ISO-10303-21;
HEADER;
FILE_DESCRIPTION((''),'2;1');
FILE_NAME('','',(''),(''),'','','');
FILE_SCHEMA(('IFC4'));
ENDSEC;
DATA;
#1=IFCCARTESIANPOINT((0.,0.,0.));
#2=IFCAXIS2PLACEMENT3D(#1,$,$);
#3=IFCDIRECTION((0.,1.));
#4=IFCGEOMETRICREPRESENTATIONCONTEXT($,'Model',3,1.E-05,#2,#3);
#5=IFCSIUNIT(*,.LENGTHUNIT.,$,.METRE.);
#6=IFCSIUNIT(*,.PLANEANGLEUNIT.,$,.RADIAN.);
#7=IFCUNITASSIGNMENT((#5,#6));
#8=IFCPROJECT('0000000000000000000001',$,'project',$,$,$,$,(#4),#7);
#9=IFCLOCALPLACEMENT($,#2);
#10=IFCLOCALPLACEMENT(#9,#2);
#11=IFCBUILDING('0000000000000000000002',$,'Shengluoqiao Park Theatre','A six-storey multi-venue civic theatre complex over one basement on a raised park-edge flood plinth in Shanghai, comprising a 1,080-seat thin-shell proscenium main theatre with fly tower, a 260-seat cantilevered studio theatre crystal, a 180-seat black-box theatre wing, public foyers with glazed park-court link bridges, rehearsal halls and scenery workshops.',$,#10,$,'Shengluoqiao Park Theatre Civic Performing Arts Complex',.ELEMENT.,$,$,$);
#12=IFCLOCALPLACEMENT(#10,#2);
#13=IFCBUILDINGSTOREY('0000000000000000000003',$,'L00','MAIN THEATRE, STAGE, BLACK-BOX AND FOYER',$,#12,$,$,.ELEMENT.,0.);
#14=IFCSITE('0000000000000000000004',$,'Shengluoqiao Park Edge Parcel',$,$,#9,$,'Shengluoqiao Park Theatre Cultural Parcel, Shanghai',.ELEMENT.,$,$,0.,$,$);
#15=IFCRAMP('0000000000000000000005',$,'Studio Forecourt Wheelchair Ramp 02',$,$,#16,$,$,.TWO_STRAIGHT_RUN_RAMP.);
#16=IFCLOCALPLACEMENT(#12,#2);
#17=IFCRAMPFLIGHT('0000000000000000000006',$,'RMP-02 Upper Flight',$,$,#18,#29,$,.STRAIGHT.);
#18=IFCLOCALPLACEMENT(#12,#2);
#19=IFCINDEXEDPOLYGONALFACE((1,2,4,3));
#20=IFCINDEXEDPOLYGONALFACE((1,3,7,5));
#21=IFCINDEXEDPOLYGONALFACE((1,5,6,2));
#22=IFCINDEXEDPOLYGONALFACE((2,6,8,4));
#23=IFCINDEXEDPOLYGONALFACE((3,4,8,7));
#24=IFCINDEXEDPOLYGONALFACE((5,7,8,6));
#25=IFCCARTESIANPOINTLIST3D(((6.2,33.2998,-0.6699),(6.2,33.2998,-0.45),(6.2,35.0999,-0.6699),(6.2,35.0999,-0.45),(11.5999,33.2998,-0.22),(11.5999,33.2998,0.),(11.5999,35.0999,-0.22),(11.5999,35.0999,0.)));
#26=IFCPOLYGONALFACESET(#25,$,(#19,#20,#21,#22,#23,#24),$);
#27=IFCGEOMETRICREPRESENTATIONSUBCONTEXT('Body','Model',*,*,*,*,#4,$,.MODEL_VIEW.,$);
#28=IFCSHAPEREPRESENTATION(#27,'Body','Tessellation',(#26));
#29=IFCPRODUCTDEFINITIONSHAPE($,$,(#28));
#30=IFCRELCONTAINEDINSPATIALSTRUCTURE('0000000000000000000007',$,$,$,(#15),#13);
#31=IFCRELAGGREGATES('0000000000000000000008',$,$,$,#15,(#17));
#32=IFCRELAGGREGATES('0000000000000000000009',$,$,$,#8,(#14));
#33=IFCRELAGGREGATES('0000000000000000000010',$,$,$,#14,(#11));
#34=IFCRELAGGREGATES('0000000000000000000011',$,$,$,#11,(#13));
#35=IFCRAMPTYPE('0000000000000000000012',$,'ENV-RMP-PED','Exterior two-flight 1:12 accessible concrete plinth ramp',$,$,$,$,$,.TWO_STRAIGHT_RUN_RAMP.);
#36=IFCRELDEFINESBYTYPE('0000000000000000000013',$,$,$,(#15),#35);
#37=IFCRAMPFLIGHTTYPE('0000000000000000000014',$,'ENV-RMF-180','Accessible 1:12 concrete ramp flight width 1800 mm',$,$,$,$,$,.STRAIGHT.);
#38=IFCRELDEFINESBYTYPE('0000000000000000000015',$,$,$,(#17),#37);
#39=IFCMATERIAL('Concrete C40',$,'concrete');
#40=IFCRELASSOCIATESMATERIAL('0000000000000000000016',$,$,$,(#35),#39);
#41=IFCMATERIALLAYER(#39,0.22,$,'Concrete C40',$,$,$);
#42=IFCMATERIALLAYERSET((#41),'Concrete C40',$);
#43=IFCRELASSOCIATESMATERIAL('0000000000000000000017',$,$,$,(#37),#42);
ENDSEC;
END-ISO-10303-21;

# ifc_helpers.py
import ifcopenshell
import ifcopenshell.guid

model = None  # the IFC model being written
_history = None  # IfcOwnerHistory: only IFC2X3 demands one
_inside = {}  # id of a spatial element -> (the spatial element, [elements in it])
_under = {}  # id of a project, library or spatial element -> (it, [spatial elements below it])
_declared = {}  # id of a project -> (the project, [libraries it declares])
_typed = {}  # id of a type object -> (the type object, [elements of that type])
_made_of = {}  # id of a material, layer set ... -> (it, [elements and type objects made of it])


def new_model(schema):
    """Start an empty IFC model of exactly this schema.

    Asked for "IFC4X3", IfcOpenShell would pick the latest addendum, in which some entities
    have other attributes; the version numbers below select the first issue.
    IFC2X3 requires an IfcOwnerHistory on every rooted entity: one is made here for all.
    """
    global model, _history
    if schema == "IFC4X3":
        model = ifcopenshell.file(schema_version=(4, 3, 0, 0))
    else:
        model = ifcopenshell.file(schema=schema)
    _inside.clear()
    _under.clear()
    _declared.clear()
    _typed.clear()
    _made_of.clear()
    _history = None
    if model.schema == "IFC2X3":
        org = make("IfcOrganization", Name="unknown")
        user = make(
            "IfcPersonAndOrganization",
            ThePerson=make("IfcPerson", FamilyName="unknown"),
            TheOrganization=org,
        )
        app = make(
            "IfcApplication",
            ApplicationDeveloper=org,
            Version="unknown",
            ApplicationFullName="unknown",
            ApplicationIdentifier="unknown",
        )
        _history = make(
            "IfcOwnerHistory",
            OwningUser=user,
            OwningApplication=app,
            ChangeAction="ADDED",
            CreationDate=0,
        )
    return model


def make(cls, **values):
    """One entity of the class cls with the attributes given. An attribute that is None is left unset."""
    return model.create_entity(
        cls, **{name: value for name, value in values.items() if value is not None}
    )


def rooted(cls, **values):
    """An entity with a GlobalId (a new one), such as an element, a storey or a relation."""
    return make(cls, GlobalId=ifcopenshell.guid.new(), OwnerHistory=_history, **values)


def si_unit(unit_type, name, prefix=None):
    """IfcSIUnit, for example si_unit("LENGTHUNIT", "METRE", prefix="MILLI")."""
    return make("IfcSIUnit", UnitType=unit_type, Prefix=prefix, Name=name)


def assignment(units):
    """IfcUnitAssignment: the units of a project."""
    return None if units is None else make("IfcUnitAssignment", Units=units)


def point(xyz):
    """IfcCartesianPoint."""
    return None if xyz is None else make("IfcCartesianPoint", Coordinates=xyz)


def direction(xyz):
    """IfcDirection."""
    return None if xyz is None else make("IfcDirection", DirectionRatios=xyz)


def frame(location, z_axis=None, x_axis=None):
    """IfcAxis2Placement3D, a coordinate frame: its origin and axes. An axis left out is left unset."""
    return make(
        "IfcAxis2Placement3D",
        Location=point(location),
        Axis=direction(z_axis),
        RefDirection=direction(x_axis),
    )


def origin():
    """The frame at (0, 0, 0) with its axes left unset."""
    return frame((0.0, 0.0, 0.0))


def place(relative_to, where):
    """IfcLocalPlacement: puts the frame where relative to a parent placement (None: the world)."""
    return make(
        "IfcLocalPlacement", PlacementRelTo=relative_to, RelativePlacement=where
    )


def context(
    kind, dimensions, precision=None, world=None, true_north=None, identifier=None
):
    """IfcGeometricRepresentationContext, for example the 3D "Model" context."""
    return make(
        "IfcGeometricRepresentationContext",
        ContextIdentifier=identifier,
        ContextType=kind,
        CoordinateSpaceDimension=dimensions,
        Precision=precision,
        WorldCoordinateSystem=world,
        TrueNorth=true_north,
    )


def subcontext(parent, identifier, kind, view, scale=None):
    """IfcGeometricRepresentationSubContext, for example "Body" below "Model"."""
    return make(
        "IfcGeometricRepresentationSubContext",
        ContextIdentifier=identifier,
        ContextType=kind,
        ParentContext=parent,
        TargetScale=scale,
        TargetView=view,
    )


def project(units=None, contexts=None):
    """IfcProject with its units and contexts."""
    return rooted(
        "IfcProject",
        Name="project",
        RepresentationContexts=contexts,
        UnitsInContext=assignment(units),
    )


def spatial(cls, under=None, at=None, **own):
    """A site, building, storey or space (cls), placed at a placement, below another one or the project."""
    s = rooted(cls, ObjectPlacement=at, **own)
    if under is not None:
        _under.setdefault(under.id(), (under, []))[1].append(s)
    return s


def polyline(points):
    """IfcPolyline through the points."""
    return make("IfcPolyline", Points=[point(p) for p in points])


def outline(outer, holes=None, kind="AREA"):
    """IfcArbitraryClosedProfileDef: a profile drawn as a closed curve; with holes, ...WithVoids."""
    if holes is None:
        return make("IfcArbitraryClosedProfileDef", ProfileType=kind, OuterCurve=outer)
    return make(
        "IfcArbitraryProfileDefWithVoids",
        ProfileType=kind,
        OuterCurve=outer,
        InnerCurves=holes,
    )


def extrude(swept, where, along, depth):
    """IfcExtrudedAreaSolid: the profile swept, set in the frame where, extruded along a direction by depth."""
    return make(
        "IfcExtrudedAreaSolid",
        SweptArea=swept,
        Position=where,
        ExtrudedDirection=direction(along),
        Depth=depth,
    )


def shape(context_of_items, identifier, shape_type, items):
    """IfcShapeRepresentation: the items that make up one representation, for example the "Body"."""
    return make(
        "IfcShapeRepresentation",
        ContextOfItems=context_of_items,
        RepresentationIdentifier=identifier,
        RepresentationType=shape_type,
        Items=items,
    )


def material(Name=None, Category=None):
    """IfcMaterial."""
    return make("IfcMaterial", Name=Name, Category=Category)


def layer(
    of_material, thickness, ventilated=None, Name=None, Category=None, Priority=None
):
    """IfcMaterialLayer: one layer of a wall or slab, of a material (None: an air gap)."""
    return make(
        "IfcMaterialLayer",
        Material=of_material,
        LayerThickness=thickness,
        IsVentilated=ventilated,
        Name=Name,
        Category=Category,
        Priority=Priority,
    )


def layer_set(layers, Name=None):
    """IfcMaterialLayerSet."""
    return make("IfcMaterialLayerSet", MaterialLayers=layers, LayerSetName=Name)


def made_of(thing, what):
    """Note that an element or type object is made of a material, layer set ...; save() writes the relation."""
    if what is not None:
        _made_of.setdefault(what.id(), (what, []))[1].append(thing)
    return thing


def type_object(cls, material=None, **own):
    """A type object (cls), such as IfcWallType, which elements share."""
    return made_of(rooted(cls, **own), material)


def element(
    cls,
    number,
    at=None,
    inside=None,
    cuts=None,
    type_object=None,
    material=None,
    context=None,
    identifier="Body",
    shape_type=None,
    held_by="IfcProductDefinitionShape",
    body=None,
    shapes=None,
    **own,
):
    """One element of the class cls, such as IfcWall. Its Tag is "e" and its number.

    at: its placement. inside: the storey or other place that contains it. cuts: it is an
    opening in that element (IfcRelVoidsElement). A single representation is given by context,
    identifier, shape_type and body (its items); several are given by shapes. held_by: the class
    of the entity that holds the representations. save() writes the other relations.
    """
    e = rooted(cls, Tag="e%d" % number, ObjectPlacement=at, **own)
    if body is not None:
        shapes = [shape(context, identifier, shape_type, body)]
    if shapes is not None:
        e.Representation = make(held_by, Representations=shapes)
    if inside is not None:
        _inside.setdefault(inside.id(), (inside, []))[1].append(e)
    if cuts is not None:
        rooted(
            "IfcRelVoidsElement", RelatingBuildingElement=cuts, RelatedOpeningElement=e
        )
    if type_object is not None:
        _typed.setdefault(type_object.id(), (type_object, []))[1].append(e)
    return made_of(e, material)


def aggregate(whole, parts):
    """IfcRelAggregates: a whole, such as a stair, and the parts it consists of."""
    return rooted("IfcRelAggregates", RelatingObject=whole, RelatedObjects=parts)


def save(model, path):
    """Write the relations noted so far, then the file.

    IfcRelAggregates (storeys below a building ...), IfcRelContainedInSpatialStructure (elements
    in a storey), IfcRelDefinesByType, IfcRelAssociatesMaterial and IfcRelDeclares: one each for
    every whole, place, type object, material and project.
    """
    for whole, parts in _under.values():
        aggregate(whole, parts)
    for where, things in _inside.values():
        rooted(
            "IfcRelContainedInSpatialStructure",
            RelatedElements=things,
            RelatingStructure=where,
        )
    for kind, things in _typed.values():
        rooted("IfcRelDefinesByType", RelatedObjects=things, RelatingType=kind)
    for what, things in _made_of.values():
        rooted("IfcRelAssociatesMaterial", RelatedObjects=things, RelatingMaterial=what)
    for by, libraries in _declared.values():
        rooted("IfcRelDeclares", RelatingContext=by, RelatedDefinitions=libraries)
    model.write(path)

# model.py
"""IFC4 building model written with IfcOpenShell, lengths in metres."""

from ifc_helpers import new_model, si_unit, direction, frame, origin, place, context, subcontext, project, spatial, polyline, outline, extrude, material, layer, layer_set, type_object, element, aggregate, save


model = new_model("IFC4")

# Units and contexts
model_context = context("Model", 3, precision=1e-05, world=origin(), true_north=direction((0.0, 1.0)))
body_context = subcontext(model_context, "Body", "Model", "MODEL_VIEW")
ifc_project = project(units=[si_unit("LENGTHUNIT", "METRE"), si_unit("PLANEANGLEUNIT", "RADIAN")], contexts=[model_context])

# Site, building, storey
site_placement = place(None, origin())
site = spatial("IfcSite", under=ifc_project, at=site_placement, Name="Shengluoqiao Park Edge Parcel", LongName="Shengluoqiao Park Theatre Cultural Parcel, Shanghai", CompositionType="ELEMENT", RefElevation=0.0)
building_placement = place(site_placement, origin())
building = spatial("IfcBuilding", under=site, at=building_placement, Name="Shengluoqiao Park Theatre", Description="A six-storey multi-venue civic theatre complex over one basement on a raised park-edge flood plinth in Shanghai, comprising a 1,080-seat thin-shell proscenium main theatre with fly tower, a 260-seat cantilevered studio theatre crystal, a 180-seat black-box theatre wing, public foyers with glazed park-court link bridges, rehearsal halls and scenery workshops.", LongName="Shengluoqiao Park Theatre Civic Performing Arts Complex", CompositionType="ELEMENT")
storey_placement = place(building_placement, origin())
storey = spatial("IfcBuildingStorey", under=building, at=storey_placement, Name="L00", Description="MAIN THEATRE, STAGE, BLACK-BOX AND FOYER", CompositionType="ELEMENT", Elevation=0.0)

# Shared definitions
ifc_material_1 = material(Name="Concrete C40", Category="concrete")

# Ramp, ramp flight
ramp_type = type_object("IfcRampType", Name="ENV-RMP-PED", Description="Exterior two-flight 1:12 accessible concrete plinth ramp", PredefinedType="TWO_STRAIGHT_RUN_RAMP", material=ifc_material_1)
ramp_placement = place(storey_placement, origin())
ramp = element("IfcRamp", 1, at=ramp_placement, inside=storey, type_object=ramp_type, Name="Studio Forecourt Wheelchair Ramp 02", PredefinedType="TWO_STRAIGHT_RUN_RAMP")
ifc_layer_1 = layer(ifc_material_1, 0.22, Name="Concrete C40")
ifc_layer_set_1 = layer_set([ifc_layer_1], Name="Concrete C40")
ramp_flight_type = type_object("IfcRampFlightType", Name="ENV-RMF-180", Description="Accessible 1:12 concrete ramp flight width 1800 mm", PredefinedType="STRAIGHT", material=ifc_layer_set_1)
ramp_flight_placement = place(storey_placement, frame((6.2, 34.2, -0.45), z_axis=(0.0, 0.0, 1.0), x_axis=(1.0, 0.0, 0.0)))
ramp_flight = element("IfcRampFlight", 2, at=ramp_flight_placement, type_object=ramp_flight_type, Name="RMP-02 Upper Flight", PredefinedType="STRAIGHT", context=body_context, shape_type="SweptSolid", body=[
    extrude(outline(polyline([(0.0, 0.0), (5.3999, 0.45), (5.3999, 0.23), (0.0, -0.22), (0.0, 0.0)])), frame((0.0, 0.8999, 0.0), z_axis=(0.0, -1.0, 0.0), x_axis=(1.0, 0.0, 0.0)), (0.0, 0.0, 1.0), 1.8),
])
aggregate(ramp, [ramp_flight])

save(model, "model.ifc")
